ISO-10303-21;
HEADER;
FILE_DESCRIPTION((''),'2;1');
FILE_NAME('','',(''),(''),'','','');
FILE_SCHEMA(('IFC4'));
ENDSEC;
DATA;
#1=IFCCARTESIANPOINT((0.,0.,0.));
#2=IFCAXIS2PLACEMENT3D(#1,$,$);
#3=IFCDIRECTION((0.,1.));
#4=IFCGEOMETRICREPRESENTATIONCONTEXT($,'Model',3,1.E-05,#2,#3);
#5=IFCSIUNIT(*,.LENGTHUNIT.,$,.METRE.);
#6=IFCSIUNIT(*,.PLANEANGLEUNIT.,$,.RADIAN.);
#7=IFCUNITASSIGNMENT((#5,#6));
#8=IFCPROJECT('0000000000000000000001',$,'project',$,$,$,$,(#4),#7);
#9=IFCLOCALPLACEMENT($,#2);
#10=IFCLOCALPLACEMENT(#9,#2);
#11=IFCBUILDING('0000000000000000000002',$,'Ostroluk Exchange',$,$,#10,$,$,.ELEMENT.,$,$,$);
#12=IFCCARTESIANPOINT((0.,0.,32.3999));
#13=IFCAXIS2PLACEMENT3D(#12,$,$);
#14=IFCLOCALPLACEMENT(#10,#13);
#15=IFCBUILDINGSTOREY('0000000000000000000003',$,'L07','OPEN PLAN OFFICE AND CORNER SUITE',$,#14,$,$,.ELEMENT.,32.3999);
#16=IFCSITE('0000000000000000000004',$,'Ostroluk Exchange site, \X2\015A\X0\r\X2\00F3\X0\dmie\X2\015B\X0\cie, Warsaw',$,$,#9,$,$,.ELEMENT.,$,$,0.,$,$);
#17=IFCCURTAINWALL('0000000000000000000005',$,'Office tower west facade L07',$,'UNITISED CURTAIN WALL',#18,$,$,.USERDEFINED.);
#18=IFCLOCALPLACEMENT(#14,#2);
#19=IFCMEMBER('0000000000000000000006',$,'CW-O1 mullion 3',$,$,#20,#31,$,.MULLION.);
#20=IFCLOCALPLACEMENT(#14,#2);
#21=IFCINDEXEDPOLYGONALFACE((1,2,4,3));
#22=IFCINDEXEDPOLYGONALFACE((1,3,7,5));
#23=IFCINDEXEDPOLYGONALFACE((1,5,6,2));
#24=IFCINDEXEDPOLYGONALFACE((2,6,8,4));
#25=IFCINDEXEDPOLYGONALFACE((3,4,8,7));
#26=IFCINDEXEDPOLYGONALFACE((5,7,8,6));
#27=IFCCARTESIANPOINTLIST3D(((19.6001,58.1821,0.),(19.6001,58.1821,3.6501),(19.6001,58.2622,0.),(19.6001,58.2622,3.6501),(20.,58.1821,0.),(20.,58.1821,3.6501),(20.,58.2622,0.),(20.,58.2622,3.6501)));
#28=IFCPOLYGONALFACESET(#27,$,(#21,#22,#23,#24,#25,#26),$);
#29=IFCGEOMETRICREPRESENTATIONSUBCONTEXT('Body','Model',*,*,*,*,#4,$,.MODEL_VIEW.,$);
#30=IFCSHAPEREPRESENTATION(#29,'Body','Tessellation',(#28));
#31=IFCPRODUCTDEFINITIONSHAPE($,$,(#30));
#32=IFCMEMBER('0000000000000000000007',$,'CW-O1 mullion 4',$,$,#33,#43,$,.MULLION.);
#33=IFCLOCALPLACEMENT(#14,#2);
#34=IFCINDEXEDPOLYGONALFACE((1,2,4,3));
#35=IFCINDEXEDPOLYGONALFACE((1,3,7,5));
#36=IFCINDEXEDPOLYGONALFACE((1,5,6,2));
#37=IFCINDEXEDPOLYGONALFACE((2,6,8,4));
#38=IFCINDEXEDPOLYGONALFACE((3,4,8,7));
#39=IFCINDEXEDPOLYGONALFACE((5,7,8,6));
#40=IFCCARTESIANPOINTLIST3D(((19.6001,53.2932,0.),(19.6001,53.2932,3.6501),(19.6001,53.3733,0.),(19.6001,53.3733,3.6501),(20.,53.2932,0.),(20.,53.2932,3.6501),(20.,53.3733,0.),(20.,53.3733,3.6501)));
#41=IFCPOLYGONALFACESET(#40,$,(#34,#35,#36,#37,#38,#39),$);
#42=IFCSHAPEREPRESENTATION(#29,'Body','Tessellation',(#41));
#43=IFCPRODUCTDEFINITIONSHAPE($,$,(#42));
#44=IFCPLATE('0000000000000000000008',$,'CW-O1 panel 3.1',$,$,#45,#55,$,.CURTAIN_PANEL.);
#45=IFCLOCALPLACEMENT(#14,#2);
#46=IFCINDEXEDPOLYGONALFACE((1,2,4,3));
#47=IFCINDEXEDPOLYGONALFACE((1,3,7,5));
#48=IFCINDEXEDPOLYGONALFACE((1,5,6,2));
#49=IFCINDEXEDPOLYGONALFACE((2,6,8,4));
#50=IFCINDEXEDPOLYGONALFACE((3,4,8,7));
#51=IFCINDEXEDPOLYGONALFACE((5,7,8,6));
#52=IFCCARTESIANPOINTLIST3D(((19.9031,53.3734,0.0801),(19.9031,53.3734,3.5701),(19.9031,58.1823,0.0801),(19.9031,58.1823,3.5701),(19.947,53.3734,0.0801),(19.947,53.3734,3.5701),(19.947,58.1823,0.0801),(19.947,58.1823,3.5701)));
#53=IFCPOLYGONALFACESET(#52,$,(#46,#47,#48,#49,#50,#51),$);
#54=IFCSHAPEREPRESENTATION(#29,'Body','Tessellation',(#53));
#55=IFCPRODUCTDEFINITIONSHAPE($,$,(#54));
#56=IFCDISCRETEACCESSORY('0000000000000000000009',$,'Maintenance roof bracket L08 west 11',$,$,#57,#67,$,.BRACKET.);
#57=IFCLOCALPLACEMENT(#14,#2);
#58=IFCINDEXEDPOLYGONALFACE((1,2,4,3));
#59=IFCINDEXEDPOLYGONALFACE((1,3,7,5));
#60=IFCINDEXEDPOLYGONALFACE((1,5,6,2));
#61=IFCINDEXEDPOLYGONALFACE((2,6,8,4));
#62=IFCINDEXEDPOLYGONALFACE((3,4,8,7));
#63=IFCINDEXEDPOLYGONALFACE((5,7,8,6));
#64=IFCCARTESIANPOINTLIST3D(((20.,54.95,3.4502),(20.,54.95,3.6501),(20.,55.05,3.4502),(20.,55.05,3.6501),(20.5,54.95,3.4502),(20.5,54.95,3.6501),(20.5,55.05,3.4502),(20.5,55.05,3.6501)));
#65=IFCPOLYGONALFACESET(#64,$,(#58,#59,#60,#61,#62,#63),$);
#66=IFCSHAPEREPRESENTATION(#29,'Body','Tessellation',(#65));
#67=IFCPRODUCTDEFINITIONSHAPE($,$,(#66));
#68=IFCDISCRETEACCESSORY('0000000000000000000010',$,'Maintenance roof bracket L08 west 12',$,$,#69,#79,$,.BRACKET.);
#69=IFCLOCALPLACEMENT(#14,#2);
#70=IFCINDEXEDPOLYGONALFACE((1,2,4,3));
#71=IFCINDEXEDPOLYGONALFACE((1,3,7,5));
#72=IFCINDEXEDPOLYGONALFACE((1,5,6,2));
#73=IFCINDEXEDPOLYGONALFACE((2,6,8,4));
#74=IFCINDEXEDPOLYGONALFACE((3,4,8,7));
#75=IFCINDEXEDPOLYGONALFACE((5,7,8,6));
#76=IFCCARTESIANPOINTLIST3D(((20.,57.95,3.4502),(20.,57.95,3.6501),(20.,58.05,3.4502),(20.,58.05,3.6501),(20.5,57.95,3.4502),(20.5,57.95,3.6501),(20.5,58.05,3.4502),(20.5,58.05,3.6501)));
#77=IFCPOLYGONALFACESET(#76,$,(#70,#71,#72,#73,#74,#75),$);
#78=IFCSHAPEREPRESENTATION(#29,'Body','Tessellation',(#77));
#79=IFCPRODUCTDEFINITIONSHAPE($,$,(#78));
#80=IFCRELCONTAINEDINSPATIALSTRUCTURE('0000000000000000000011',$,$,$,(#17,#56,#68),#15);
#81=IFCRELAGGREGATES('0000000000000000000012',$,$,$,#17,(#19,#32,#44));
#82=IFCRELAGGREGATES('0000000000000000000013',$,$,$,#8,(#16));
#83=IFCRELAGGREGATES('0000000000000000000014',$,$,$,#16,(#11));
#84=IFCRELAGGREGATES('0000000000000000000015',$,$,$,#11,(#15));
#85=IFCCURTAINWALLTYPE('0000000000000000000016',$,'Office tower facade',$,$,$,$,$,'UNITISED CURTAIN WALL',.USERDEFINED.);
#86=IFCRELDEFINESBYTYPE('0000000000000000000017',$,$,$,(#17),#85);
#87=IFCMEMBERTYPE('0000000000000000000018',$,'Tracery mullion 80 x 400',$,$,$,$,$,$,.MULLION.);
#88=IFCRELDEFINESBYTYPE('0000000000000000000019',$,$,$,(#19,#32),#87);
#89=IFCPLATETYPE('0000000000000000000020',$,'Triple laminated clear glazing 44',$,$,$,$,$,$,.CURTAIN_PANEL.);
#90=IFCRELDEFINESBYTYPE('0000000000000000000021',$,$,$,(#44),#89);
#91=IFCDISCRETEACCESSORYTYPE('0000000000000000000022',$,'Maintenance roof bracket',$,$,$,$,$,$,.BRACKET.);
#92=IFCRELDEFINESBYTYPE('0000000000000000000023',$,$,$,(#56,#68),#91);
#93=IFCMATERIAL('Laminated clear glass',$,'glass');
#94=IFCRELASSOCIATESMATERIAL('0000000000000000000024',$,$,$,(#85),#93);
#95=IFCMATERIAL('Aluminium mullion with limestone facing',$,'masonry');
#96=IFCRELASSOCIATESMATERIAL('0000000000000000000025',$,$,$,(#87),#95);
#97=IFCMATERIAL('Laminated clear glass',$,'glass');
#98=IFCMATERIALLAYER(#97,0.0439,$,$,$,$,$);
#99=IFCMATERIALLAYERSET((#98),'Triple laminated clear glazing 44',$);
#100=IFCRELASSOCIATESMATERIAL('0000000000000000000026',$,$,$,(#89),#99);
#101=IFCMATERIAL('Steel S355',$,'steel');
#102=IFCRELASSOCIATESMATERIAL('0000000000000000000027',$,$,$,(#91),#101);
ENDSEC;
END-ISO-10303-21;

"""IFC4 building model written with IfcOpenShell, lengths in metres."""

from ifc_helpers import new_model, si_unit, direction, frame, origin, origin_2d, place, context, subcontext, project, spatial, rectangle, extrude, material, layer, layer_set, material_profile, profile_set, type_object, element, aggregate, save


model = new_model("IFC4")

# Units and contexts
model_context = context("Model", 3, precision=1e-05, world=origin(), true_north=direction((0.0, 1.0)))
body_context = subcontext(model_context, "Body", "Model", "MODEL_VIEW")
ifc_project = project(units=[si_unit("LENGTHUNIT", "METRE"), si_unit("PLANEANGLEUNIT", "RADIAN")], contexts=[model_context])

# Site, building, storey
site_placement = place(None, origin())
site = spatial("IfcSite", under=ifc_project, at=site_placement, Name="Ostroluk Exchange site, Śródmieście, Warsaw", CompositionType="ELEMENT", RefElevation=0.0)
building_placement = place(site_placement, origin())
building = spatial("IfcBuilding", under=site, at=building_placement, Name="Ostroluk Exchange", CompositionType="ELEMENT")
storey_placement = place(building_placement, frame((0.0, 0.0, 32.3999)))
storey = spatial("IfcBuildingStorey", under=building, at=storey_placement, Name="L07", Description="OPEN PLAN OFFICE AND CORNER SUITE", CompositionType="ELEMENT", Elevation=32.3999)

# Curtain wall, members, plate
ifc_material_1 = material(Name="Laminated clear glass", Category="glass")
curtain_wall_type = type_object("IfcCurtainWallType", Name="Office tower facade", ElementType="UNITISED CURTAIN WALL", PredefinedType="USERDEFINED", material=ifc_material_1)
curtain_wall_placement = place(storey_placement, origin())
curtain_wall = element("IfcCurtainWall", 1, at=curtain_wall_placement, inside=storey, type_object=curtain_wall_type, Name="Office tower west facade L07", ObjectType="UNITISED CURTAIN WALL", PredefinedType="USERDEFINED")
ifc_material_2 = material(Name="Aluminium mullion with limestone facing", Category="masonry")
ifc_material_profile_1 = material_profile(ifc_material_2, rectangle(XDim=0.3999, YDim=0.0801, at=origin_2d()), Name="Tracery mullion 80 x 400")
ifc_profile_set_1 = profile_set([ifc_material_profile_1], Name="Aluminium mullion with limestone facing")
member_type_1 = type_object("IfcMemberType", Name="Tracery mullion 80 x 400", PredefinedType="MULLION", material=ifc_profile_set_1)
member_1_placement = place(storey_placement, frame((19.8, 58.2222, 0.0), z_axis=(0.0, 0.0, 1.0), x_axis=(1.0, 0.0, 0.0)))
member_1 = element("IfcMember", 2, at=member_1_placement, type_object=member_type_1, Name="CW-O1 mullion 3", PredefinedType="MULLION", context=body_context, shape_type="SweptSolid", body=[
    extrude(rectangle(XDim=0.3999, YDim=0.0801, at=origin_2d()), origin(), (0.0, 0.0, 1.0), 3.6501),
])
member_2_placement = place(storey_placement, frame((19.8, 53.3333, 0.0), z_axis=(0.0, 0.0, 1.0), x_axis=(1.0, 0.0, 0.0)))
member_2 = element("IfcMember", 3, at=member_2_placement, type_object=member_type_1, Name="CW-O1 mullion 4", PredefinedType="MULLION", context=body_context, shape_type="SweptSolid", body=[
    extrude(rectangle(XDim=0.3999, YDim=0.0801, at=origin_2d()), origin(), (0.0, 0.0, 1.0), 3.6501),
])
ifc_material_3 = material(Name="Laminated clear glass", Category="glass")
ifc_layer = layer(ifc_material_3, 0.0439)
ifc_layer_set = layer_set([ifc_layer], Name="Triple laminated clear glazing 44")
plate_type = type_object("IfcPlateType", Name="Triple laminated clear glazing 44", PredefinedType="CURTAIN_PANEL", material=ifc_layer_set)
plate_placement = place(storey_placement, frame((19.925, 55.7778, 0.0801), z_axis=(0.0, 0.0, 1.0), x_axis=(0.0, -1.0, 0.0)))
plate = element("IfcPlate", 4, at=plate_placement, type_object=plate_type, Name="CW-O1 panel 3.1", PredefinedType="CURTAIN_PANEL", context=body_context, shape_type="SweptSolid", body=[
    extrude(rectangle(XDim=4.8088, YDim=0.0439, at=origin_2d()), origin(), (0.0, 0.0, 1.0), 3.49),
])
aggregate(curtain_wall, [member_1, member_2, plate])

# Discrete accessories
ifc_material_4 = material(Name="Steel S355", Category="steel")
discrete_accessory_type = type_object("IfcDiscreteAccessoryType", Name="Maintenance roof bracket", PredefinedType="BRACKET", material=ifc_material_4)
for number, where, z_axis, x_axis, name in (
    (5, (20.25, 55.0, 3.4502), (0.0, 0.0, 1.0), (1.0, 0.0, 0.0), "Maintenance roof bracket L08 west 11"),
    (6, (20.25, 58.0, 3.4502), (0.0, 0.0, 1.0), (1.0, 0.0, 0.0), "Maintenance roof bracket L08 west 12"),
):
    element("IfcDiscreteAccessory", number, at=place(storey_placement, frame(where, z_axis=z_axis, x_axis=x_axis)), inside=storey, type_object=discrete_accessory_type, Name=name, PredefinedType="BRACKET", context=body_context, shape_type="SweptSolid", body=[
        extrude(rectangle(XDim=0.5, YDim=0.1001, at=origin_2d()), origin(), (0.0, 0.0, 1.0), 0.2),
    ])

save(model, "model.ifc")
